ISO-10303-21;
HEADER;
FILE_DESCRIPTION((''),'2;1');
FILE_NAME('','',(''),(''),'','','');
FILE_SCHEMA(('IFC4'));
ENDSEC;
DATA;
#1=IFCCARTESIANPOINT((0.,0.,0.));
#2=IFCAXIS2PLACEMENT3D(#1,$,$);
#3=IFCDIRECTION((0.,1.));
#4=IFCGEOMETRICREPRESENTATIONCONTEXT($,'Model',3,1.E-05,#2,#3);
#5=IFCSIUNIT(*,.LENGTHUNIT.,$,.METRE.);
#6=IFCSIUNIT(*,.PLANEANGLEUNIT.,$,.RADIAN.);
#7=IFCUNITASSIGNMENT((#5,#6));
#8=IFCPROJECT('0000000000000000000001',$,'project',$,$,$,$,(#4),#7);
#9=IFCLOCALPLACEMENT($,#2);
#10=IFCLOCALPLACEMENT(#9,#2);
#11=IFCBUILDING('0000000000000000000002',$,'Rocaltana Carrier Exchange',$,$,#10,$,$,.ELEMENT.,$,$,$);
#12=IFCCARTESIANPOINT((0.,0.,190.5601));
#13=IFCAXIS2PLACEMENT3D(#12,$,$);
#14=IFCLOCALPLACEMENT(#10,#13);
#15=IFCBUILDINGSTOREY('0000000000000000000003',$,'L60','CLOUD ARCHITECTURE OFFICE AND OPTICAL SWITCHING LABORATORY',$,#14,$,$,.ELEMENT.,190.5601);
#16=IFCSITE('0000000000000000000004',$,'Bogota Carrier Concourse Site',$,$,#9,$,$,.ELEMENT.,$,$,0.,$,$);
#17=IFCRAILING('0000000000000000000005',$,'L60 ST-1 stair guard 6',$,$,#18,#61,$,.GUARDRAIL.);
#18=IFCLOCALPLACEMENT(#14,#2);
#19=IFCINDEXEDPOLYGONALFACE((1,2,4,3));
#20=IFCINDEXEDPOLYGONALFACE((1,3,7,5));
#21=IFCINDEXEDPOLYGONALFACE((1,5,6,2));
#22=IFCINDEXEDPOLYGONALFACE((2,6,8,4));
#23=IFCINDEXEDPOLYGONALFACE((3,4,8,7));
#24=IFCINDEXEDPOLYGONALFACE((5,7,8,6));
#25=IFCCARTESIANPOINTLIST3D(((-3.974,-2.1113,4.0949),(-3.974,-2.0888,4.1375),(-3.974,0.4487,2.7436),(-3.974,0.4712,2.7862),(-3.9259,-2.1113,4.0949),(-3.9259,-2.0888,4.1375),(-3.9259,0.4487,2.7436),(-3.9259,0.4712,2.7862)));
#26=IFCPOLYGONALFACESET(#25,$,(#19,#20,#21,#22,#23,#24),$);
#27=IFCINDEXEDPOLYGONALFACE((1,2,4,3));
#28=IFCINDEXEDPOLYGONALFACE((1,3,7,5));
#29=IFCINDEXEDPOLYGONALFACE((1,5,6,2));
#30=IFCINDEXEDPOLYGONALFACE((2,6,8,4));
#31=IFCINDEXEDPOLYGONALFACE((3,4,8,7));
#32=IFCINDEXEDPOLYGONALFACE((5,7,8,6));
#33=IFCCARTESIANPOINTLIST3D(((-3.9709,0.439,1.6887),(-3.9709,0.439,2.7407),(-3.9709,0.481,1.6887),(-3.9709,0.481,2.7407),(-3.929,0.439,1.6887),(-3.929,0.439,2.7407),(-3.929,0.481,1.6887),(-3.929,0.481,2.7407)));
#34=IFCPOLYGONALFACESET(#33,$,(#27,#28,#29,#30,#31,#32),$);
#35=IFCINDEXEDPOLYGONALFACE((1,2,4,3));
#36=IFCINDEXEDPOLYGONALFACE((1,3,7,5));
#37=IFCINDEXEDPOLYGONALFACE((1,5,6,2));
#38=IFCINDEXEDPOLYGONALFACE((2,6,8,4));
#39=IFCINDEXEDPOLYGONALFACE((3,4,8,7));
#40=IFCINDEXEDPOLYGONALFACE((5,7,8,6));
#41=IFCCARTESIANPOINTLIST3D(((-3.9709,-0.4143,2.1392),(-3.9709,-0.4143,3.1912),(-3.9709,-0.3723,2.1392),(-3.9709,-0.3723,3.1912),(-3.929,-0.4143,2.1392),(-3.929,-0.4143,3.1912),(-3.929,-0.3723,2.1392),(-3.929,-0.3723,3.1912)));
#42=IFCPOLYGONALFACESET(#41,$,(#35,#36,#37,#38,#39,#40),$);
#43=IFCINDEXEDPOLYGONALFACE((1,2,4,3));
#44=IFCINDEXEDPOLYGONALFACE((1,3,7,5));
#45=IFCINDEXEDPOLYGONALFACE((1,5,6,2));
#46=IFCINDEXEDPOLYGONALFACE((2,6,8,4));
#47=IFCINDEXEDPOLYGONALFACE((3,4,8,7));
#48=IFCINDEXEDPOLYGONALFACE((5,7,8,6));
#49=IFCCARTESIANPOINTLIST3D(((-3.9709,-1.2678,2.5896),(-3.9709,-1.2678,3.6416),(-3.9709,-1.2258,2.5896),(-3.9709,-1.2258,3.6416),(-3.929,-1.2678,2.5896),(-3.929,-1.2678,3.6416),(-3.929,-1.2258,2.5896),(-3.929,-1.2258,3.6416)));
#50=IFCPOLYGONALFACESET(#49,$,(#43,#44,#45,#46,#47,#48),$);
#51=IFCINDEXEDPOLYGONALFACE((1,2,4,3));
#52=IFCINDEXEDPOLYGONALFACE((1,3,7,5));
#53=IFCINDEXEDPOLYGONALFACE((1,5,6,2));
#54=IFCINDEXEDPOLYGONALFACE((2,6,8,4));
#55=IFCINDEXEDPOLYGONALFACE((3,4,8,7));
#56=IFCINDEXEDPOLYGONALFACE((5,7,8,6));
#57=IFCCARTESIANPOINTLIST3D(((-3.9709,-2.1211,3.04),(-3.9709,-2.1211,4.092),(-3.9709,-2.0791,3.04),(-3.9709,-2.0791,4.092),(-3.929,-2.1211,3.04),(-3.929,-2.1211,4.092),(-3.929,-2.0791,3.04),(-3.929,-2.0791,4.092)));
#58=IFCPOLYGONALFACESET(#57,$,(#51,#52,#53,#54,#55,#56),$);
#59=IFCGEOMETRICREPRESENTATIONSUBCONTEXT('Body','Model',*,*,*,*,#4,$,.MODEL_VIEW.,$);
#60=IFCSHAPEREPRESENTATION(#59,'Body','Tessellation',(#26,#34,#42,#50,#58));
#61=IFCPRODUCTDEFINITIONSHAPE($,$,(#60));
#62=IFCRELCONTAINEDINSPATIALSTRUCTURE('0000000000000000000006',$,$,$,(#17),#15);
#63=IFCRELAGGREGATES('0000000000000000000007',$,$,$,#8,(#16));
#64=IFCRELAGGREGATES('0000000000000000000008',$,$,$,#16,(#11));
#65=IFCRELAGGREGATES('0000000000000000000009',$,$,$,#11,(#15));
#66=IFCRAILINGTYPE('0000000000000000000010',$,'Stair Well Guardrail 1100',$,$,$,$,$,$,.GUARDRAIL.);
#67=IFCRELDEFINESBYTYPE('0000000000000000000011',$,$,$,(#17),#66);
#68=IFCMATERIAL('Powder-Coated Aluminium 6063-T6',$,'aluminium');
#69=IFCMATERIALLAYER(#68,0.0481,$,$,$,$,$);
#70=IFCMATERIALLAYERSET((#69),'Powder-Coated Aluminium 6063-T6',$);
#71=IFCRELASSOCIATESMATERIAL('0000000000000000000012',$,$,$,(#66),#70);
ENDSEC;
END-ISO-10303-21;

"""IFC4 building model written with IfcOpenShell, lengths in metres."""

from ifc_helpers import new_model, si_unit, direction, frame, origin, origin_2d, place, context, subcontext, project, spatial, rectangle, extrude, material, layer, layer_set, type_object, element, save


model = new_model("IFC4")

# Units and contexts
model_context = context("Model", 3, precision=1e-05, world=origin(), true_north=direction((0.0, 1.0)))
body_context = subcontext(model_context, "Body", "Model", "MODEL_VIEW")
ifc_project = project(units=[si_unit("LENGTHUNIT", "METRE"), si_unit("PLANEANGLEUNIT", "RADIAN")], contexts=[model_context])

# Site, building, storey
site_placement = place(None, origin())
site = spatial("IfcSite", under=ifc_project, at=site_placement, Name="Bogota Carrier Concourse Site", CompositionType="ELEMENT", RefElevation=0.0)
building_placement = place(site_placement, origin())
building = spatial("IfcBuilding", under=site, at=building_placement, Name="Rocaltana Carrier Exchange", CompositionType="ELEMENT")
storey_placement = place(building_placement, frame((0.0, 0.0, 190.5601)))
storey = spatial("IfcBuildingStorey", under=building, at=storey_placement, Name="L60", Description="CLOUD ARCHITECTURE OFFICE AND OPTICAL SWITCHING LABORATORY", CompositionType="ELEMENT", Elevation=190.5601)

# Railing
ifc_material_1 = material(Name="Powder-Coated Aluminium 6063-T6", Category="aluminium")
ifc_layer_1 = layer(ifc_material_1, 0.0481)
ifc_layer_set_1 = layer_set([ifc_layer_1], Name="Powder-Coated Aluminium 6063-T6")
railing_type_1 = type_object("IfcRailingType", Name="Stair Well Guardrail 1100", PredefinedType="GUARDRAIL", material=ifc_layer_set_1)
railing_1_placement = place(storey_placement, frame((-3.95, 0.46, 1.6887)))
element("IfcRailing", 1, at=railing_1_placement, inside=storey, type_object=railing_type_1, Name="L60 ST-1 stair guard 6", PredefinedType="GUARDRAIL", context=body_context, shape_type="SweptSolid", body=[
    extrude(rectangle(XDim=0.0481, YDim=0.0481, at=origin_2d()), frame((0.0, 0.0, 1.0762), z_axis=(0.0, -0.88436, 0.466806), x_axis=(1.0, 0.0, 0.0)), (0.0, 0.0, 1.0), 2.8948),
    extrude(rectangle(XDim=0.042, YDim=0.042, at=origin_2d()), origin(), (0.0, 0.0, 1.0), 1.052),
    extrude(rectangle(XDim=0.042, YDim=0.042, at=origin_2d()), frame((0.0, -0.8533, 0.4504)), (0.0, 0.0, 1.0), 1.052),
    extrude(rectangle(XDim=0.042, YDim=0.042, at=origin_2d()), frame((0.0, -1.7068, 0.9009)), (0.0, 0.0, 1.0), 1.052),
    extrude(rectangle(XDim=0.042, YDim=0.042, at=origin_2d()), frame((0.0, -2.5601, 1.3513)), (0.0, 0.0, 1.0), 1.052),
])

save(model, "model.ifc")
